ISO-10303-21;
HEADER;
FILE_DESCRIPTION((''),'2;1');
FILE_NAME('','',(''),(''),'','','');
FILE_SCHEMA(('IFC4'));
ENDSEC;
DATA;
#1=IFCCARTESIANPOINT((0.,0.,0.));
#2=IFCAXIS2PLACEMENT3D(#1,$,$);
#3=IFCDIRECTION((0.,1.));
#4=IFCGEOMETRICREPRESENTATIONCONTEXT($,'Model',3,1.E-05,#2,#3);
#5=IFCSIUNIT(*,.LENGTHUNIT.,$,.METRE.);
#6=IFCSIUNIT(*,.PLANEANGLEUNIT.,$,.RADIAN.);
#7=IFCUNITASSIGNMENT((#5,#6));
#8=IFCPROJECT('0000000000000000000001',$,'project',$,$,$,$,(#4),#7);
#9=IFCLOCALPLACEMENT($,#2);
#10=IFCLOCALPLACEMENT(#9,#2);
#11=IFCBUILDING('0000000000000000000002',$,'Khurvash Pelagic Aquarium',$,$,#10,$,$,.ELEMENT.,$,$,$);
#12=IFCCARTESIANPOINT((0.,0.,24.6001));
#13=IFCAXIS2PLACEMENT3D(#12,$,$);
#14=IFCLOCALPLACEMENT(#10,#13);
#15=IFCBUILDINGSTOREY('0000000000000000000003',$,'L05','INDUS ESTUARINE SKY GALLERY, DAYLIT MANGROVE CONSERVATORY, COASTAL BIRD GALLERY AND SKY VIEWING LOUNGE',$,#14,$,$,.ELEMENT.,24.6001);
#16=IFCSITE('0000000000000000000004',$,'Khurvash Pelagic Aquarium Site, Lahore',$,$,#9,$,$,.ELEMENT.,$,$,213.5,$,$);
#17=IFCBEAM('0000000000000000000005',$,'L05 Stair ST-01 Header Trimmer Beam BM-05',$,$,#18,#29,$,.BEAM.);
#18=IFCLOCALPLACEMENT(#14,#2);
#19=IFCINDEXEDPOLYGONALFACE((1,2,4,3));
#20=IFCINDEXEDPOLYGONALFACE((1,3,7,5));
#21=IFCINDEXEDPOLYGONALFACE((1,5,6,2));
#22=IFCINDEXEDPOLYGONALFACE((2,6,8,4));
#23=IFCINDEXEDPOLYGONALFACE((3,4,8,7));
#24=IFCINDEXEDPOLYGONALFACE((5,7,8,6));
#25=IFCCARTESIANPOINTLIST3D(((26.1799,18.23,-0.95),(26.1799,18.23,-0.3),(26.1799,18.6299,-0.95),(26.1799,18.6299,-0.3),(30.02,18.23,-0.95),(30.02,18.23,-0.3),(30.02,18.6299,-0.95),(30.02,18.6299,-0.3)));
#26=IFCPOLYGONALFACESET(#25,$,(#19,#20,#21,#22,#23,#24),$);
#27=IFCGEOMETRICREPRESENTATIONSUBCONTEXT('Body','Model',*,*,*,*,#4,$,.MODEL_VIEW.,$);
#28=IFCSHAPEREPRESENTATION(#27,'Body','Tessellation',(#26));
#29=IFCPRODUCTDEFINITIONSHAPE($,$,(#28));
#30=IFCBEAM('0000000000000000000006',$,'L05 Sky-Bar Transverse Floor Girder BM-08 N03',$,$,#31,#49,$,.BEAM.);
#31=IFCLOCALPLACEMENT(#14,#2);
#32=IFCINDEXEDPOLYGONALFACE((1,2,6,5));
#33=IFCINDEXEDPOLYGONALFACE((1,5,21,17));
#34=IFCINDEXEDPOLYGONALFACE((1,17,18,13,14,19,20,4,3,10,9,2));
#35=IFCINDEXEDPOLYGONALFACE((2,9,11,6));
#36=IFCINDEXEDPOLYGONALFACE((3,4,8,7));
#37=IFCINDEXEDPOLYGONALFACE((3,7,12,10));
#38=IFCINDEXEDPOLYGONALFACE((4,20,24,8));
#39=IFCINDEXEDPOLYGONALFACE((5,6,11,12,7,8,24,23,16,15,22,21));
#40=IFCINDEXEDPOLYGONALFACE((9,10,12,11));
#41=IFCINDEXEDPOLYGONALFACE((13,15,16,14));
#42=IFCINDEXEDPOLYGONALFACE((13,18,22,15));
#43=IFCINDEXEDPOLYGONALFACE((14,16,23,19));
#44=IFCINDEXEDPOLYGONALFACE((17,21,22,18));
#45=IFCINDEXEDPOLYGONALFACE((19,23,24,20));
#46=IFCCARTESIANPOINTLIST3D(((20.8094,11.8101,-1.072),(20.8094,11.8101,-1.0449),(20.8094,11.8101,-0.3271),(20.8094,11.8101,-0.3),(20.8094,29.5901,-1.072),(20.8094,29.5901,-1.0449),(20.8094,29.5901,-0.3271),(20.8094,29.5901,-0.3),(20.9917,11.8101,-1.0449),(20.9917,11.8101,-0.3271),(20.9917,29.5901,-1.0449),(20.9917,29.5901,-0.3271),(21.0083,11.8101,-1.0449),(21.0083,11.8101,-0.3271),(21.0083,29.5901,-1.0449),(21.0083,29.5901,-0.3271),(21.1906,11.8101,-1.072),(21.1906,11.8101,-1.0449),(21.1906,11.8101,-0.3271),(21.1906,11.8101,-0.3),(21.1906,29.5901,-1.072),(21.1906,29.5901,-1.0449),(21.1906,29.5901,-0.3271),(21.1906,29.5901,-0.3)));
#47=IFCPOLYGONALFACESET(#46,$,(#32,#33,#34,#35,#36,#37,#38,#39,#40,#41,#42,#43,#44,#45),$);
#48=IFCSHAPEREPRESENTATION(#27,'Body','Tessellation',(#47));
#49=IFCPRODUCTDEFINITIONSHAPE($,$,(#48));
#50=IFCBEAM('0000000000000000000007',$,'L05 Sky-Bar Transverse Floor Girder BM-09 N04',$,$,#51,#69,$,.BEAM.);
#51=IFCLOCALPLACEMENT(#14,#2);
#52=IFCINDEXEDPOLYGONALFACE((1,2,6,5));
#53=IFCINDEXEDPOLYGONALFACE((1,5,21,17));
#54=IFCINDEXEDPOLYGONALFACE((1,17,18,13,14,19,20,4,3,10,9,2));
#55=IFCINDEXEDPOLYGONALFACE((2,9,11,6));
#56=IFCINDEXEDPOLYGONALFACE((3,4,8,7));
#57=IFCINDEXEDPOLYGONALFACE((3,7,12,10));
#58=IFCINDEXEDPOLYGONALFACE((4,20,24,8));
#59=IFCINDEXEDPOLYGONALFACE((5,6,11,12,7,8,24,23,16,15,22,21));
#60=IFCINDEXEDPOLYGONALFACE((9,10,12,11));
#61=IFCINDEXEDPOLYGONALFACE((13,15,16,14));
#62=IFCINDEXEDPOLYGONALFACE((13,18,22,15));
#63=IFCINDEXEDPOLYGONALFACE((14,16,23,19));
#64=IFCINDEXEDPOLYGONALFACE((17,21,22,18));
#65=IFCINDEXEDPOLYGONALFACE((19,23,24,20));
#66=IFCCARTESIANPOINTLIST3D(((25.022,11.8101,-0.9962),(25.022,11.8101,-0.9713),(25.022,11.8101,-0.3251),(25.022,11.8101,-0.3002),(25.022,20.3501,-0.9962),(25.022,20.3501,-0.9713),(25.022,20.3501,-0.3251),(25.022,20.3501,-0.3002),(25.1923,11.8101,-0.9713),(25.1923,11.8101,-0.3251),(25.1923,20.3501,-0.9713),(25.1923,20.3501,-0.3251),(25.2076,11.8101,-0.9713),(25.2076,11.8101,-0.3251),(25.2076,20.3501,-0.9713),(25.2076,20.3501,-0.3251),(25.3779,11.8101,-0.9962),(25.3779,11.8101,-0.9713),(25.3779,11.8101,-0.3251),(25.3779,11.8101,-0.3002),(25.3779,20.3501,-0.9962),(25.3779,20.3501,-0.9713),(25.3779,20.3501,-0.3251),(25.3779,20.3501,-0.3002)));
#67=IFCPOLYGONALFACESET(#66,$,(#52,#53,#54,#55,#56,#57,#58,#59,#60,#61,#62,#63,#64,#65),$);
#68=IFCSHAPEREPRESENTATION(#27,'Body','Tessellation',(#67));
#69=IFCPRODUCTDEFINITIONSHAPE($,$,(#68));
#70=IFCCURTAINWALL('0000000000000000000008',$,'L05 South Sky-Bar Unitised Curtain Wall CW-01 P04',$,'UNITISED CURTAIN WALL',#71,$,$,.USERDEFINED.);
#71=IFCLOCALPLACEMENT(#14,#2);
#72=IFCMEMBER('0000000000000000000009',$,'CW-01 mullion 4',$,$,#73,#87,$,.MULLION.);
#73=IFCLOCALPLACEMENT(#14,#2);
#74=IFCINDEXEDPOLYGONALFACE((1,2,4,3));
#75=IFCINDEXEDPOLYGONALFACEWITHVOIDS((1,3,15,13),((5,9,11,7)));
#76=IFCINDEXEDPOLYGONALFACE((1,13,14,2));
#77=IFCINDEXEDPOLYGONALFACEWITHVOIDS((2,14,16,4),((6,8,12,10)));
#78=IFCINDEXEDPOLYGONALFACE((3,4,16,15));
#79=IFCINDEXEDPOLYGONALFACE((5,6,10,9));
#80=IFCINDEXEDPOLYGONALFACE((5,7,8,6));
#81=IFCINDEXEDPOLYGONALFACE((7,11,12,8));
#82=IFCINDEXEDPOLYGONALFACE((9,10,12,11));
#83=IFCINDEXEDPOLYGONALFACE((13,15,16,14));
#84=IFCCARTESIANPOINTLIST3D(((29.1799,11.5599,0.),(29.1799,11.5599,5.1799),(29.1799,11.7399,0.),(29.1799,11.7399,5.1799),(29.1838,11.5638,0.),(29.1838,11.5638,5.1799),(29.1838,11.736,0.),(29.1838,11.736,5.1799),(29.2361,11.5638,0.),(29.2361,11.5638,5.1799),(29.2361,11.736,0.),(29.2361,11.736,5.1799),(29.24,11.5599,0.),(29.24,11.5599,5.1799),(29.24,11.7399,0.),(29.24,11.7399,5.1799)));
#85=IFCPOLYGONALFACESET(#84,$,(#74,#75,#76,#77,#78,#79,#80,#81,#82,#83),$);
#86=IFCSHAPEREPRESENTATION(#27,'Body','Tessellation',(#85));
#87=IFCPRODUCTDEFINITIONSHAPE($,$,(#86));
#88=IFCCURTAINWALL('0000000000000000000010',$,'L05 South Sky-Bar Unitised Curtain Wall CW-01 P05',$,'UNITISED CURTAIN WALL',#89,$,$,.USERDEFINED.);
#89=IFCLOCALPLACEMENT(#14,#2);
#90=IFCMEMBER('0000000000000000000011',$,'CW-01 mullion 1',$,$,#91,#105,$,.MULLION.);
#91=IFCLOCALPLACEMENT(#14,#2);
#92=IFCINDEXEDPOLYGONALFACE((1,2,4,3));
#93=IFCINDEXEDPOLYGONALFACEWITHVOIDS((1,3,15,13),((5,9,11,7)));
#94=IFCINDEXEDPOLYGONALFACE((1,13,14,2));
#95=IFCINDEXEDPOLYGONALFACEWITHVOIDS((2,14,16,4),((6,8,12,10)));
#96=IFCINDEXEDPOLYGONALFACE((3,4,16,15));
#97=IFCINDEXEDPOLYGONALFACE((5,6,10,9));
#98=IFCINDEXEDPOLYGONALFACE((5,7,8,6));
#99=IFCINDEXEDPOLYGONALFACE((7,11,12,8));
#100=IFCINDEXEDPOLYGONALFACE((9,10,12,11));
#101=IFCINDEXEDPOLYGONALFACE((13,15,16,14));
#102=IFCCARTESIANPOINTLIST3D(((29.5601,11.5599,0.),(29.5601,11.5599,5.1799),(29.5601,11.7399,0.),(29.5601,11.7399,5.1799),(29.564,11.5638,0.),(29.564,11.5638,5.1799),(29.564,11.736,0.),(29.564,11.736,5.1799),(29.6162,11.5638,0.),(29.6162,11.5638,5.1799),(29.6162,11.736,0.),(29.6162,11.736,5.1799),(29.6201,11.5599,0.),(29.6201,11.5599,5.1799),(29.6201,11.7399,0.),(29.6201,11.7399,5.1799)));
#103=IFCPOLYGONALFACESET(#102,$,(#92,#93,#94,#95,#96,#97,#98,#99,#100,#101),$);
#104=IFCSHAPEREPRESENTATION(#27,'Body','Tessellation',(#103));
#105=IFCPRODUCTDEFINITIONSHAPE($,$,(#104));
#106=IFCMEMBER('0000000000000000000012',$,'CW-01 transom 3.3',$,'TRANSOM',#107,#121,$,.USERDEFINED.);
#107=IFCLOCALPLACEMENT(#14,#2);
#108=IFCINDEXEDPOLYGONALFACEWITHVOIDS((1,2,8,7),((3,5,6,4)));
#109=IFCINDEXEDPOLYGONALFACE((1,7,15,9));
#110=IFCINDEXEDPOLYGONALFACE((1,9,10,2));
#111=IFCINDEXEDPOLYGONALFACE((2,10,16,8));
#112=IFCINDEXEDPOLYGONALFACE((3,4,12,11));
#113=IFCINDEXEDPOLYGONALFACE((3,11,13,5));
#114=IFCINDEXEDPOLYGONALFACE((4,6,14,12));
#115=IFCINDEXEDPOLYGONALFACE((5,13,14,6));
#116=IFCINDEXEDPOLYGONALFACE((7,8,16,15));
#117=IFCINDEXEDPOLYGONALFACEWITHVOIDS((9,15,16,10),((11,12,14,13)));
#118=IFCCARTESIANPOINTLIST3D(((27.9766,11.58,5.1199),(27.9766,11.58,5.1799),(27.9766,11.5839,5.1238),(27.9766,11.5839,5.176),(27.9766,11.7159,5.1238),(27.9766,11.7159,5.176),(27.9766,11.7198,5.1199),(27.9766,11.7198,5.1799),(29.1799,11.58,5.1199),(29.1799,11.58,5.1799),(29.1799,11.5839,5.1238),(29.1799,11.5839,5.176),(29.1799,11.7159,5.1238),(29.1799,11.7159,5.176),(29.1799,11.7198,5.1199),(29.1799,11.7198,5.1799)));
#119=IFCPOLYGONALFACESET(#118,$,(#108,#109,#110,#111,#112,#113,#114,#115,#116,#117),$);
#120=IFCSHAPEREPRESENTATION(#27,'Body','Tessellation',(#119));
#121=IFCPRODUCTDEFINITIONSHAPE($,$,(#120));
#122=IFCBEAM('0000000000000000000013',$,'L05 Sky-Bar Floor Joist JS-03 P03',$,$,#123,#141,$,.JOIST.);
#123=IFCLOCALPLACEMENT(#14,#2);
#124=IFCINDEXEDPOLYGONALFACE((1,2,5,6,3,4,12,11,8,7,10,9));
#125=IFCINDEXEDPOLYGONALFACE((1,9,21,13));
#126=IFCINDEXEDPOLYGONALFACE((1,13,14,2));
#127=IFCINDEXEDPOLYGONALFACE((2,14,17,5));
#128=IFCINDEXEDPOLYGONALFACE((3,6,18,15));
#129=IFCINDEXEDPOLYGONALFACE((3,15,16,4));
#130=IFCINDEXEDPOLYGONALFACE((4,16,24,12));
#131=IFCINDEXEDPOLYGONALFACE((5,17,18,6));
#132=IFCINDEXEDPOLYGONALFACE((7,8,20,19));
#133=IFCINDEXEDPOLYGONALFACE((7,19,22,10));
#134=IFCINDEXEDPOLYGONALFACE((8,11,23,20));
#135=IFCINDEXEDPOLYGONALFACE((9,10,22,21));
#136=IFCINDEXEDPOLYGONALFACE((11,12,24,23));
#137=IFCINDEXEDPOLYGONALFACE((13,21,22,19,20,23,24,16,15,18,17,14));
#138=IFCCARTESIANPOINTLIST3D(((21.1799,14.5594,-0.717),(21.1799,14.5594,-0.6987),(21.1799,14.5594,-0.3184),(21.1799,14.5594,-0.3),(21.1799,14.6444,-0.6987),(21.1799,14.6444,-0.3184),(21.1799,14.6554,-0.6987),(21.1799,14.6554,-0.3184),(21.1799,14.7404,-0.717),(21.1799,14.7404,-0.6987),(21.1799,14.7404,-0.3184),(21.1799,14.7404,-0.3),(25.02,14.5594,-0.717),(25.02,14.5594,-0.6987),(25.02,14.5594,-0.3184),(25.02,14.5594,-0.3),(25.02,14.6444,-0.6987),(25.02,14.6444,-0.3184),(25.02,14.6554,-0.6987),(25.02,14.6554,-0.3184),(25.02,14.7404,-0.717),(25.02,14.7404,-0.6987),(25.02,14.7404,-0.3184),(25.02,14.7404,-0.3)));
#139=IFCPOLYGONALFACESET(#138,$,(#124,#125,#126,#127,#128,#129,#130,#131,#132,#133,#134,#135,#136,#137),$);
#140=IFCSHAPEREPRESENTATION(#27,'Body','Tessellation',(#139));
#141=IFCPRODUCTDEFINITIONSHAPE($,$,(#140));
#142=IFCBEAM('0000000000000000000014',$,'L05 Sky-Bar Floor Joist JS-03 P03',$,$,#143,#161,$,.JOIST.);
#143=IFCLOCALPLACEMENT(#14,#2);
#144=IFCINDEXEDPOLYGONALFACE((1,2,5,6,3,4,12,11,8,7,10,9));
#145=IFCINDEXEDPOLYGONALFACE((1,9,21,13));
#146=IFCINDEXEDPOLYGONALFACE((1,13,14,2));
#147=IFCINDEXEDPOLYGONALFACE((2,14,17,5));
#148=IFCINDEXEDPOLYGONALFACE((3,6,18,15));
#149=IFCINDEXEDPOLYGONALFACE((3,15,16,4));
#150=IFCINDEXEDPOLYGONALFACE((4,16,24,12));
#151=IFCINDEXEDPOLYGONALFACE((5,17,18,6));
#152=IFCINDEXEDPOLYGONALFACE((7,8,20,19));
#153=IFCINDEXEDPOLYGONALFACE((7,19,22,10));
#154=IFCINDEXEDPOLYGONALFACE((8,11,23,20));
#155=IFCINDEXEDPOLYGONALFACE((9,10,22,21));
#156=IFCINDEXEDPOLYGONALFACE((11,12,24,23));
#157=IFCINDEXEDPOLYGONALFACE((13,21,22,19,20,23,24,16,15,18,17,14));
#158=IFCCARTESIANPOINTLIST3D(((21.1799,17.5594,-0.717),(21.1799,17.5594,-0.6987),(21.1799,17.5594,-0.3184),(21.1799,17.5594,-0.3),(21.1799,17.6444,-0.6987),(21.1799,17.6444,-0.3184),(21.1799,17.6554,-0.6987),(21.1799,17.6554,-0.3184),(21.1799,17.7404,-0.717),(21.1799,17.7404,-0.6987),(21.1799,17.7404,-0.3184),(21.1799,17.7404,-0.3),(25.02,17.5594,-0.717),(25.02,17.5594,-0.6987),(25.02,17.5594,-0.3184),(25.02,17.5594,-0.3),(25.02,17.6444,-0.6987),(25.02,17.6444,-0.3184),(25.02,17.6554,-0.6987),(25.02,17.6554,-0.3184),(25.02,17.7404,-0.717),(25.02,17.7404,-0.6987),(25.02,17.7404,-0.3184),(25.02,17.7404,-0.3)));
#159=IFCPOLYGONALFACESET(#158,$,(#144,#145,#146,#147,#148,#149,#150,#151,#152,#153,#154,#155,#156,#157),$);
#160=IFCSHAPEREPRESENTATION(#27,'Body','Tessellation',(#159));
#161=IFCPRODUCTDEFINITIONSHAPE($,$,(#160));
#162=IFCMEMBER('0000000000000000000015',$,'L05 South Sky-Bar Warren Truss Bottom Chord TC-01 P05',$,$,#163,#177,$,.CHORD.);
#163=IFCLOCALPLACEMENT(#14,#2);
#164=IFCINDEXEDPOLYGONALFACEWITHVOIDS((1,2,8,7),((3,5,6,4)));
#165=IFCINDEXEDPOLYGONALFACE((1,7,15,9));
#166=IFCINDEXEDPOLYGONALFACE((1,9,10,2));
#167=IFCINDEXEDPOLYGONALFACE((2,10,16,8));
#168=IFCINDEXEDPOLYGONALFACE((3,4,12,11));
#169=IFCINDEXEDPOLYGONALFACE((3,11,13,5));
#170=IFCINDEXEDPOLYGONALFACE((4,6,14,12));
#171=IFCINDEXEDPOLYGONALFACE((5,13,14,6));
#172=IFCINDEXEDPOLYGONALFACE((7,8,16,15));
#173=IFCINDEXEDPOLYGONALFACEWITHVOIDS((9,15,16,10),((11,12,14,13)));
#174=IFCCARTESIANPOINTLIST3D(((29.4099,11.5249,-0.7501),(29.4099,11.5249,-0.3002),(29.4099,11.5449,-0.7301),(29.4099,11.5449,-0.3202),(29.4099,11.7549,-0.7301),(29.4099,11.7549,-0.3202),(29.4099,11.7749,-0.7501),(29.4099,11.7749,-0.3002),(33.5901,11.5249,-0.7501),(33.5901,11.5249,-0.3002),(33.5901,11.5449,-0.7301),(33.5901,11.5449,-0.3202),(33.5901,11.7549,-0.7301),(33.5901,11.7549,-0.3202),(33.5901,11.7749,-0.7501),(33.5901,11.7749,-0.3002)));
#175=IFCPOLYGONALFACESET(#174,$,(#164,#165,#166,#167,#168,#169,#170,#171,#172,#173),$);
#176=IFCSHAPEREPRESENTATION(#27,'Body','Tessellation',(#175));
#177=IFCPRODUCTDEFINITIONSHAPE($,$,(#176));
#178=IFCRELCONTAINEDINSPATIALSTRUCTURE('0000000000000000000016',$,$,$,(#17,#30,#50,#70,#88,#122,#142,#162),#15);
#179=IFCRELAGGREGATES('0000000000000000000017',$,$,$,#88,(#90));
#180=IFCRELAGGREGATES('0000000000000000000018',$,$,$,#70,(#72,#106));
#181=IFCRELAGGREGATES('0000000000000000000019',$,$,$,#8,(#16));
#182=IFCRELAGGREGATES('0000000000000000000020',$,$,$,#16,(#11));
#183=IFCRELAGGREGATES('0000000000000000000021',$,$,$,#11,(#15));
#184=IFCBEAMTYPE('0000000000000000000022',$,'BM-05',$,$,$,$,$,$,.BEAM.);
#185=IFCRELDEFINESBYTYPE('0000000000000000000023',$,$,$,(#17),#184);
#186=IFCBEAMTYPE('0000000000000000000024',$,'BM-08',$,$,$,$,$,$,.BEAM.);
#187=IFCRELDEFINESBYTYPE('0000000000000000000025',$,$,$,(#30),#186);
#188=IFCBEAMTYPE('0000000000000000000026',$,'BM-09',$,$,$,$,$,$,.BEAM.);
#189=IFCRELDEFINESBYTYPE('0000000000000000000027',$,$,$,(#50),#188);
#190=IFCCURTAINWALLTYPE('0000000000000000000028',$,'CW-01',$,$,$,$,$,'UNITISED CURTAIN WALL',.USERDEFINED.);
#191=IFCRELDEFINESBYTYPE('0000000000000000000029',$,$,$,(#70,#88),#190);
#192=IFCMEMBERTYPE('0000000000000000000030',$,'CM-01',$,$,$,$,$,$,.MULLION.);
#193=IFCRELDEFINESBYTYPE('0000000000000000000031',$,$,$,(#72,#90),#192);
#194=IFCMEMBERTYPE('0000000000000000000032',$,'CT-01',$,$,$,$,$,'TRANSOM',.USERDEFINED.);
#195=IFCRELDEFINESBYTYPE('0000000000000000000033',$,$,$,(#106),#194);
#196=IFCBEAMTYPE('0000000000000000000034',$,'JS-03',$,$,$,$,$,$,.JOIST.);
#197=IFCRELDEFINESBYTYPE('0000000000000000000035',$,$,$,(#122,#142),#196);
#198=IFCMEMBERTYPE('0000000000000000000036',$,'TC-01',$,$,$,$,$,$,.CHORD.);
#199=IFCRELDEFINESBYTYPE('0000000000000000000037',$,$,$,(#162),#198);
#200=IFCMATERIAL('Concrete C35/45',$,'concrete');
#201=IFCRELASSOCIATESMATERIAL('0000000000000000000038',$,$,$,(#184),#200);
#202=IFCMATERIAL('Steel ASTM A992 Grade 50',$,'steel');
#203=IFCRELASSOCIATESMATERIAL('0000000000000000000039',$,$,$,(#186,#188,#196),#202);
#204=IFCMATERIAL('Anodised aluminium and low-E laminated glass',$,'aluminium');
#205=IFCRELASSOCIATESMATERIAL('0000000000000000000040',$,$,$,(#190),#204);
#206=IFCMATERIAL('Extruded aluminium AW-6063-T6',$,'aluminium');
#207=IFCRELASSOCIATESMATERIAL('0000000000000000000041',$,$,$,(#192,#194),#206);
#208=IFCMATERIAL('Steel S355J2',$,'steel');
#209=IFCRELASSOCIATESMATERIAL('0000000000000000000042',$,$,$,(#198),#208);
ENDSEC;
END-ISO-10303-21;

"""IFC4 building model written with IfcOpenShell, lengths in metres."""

from ifc_helpers import new_model, si_unit, direction, frame, origin, origin_2d, place, context, subcontext, project, spatial, rectangle, hollow_rectangle, i_section, extrude, material, material_profile, profile_set, type_object, element, aggregate, save


model = new_model("IFC4")

# Units and contexts
model_context = context("Model", 3, precision=1e-05, world=origin(), true_north=direction((0.0, 1.0)))
body_context = subcontext(model_context, "Body", "Model", "MODEL_VIEW")
ifc_project = project(units=[si_unit("LENGTHUNIT", "METRE"), si_unit("PLANEANGLEUNIT", "RADIAN")], contexts=[model_context])

# Site, building, storey
site_placement = place(None, origin())
site = spatial("IfcSite", under=ifc_project, at=site_placement, Name="Khurvash Pelagic Aquarium Site, Lahore", CompositionType="ELEMENT", RefElevation=213.5)
building_placement = place(site_placement, origin())
building = spatial("IfcBuilding", under=site, at=building_placement, Name="Khurvash Pelagic Aquarium", CompositionType="ELEMENT")
storey_placement = place(building_placement, frame((0.0, 0.0, 24.6001)))
storey = spatial("IfcBuildingStorey", under=building, at=storey_placement, Name="L05", Description="INDUS ESTUARINE SKY GALLERY, DAYLIT MANGROVE CONSERVATORY, COASTAL BIRD GALLERY AND SKY VIEWING LOUNGE", CompositionType="ELEMENT", Elevation=24.6001)

# Beams
ifc_material_1 = material(Name="Concrete C35/45", Category="concrete")
ifc_material_profile_1 = material_profile(ifc_material_1, rectangle(XDim=0.3999, YDim=0.6499, at=origin_2d()), Name="RC400X650")
ifc_profile_set_1 = profile_set([ifc_material_profile_1], Name="Concrete C35/45")
beam_type_1 = type_object("IfcBeamType", Name="BM-05", PredefinedType="BEAM", material=ifc_profile_set_1)
beam_1_placement = place(storey_placement, frame((26.1799, 18.4299, -0.625), z_axis=(1.0, 0.0, 0.0), x_axis=(0.0, 1.0, 0.0)))
element("IfcBeam", 1, at=beam_1_placement, inside=storey, type_object=beam_type_1, Name="L05 Stair ST-01 Header Trimmer Beam BM-05", PredefinedType="BEAM", context=body_context, shape_type="SweptSolid", body=[
    extrude(rectangle(XDim=0.3999, YDim=0.6499, at=origin_2d()), origin(), (0.0, 0.0, 1.0), 3.8401),
])
ifc_material_2 = material(Name="Steel ASTM A992 Grade 50", Category="steel")
ifc_material_profile_2 = material_profile(ifc_material_2, i_section(OverallWidth=0.3811, OverallDepth=0.772, WebThickness=0.0166, FlangeThickness=0.0271, at=origin_2d()), Name="W30X173")
ifc_profile_set_2 = profile_set([ifc_material_profile_2], Name="Steel ASTM A992 Grade 50")
beam_type_2 = type_object("IfcBeamType", Name="BM-08", PredefinedType="BEAM", material=ifc_profile_set_2)
beam_2_placement = place(storey_placement, frame((21.0, 11.8101, -0.686), z_axis=(0.0, 1.0, 0.0), x_axis=(-1.0, 0.0, 0.0)))
element("IfcBeam", 2, at=beam_2_placement, inside=storey, type_object=beam_type_2, Name="L05 Sky-Bar Transverse Floor Girder BM-08 N03", PredefinedType="BEAM", context=body_context, shape_type="SweptSolid", body=[
    extrude(i_section(OverallWidth=0.3811, OverallDepth=0.772, WebThickness=0.0166, FlangeThickness=0.0271, at=origin_2d()), origin(), (0.0, 0.0, 1.0), 17.78),
])
ifc_material_profile_3 = material_profile(ifc_material_2, i_section(OverallWidth=0.356, OverallDepth=0.696, WebThickness=0.0154, FlangeThickness=0.0249, at=origin_2d()), Name="W27X146")
ifc_profile_set_3 = profile_set([ifc_material_profile_3], Name="Steel ASTM A992 Grade 50")
beam_type_3 = type_object("IfcBeamType", Name="BM-09", PredefinedType="BEAM", material=ifc_profile_set_3)
beam_3_placement = place(storey_placement, frame((25.2, 11.8101, -0.6482), z_axis=(0.0, 1.0, 0.0), x_axis=(-1.0, 0.0, 0.0)))
element("IfcBeam", 3, at=beam_3_placement, inside=storey, type_object=beam_type_3, Name="L05 Sky-Bar Transverse Floor Girder BM-09 N04", PredefinedType="BEAM", context=body_context, shape_type="SweptSolid", body=[
    extrude(i_section(OverallWidth=0.356, OverallDepth=0.696, WebThickness=0.0154, FlangeThickness=0.0249, at=origin_2d()), origin(), (0.0, 0.0, 1.0), 8.54),
])

# Curtain walls, members
ifc_material_3 = material(Name="Anodised aluminium and low-E laminated glass", Category="aluminium")
curtain_wall_type = type_object("IfcCurtainWallType", Name="CW-01", ElementType="UNITISED CURTAIN WALL", PredefinedType="USERDEFINED", material=ifc_material_3)
curtain_wall_1_placement = place(storey_placement, origin())
curtain_wall_1 = element("IfcCurtainWall", 4, at=curtain_wall_1_placement, inside=storey, type_object=curtain_wall_type, Name="L05 South Sky-Bar Unitised Curtain Wall CW-01 P04", ObjectType="UNITISED CURTAIN WALL", PredefinedType="USERDEFINED")
ifc_material_4 = material(Name="Extruded aluminium AW-6063-T6", Category="aluminium")
ifc_material_profile_4 = material_profile(ifc_material_4, hollow_rectangle(XDim=0.0601, YDim=0.1799, WallThickness=0.0039, at=origin_2d()), Name="CWM60X180X4")
ifc_profile_set_4 = profile_set([ifc_material_profile_4], Name="Extruded aluminium AW-6063-T6")
member_type_1 = type_object("IfcMemberType", Name="CM-01", PredefinedType="MULLION", material=ifc_profile_set_4)
member_1_placement = place(storey_placement, frame((29.21, 11.6499, 0.0), z_axis=(0.0, 0.0, 1.0), x_axis=(1.0, 0.0, 0.0)))
member_1 = element("IfcMember", 5, at=member_1_placement, type_object=member_type_1, Name="CW-01 mullion 4", PredefinedType="MULLION", context=body_context, shape_type="SweptSolid", body=[
    extrude(hollow_rectangle(XDim=0.0601, YDim=0.1799, WallThickness=0.0039, at=origin_2d()), origin(), (0.0, 0.0, 1.0), 5.1799),
])
curtain_wall_2_placement = place(storey_placement, origin())
curtain_wall_2 = element("IfcCurtainWall", 6, at=curtain_wall_2_placement, inside=storey, type_object=curtain_wall_type, Name="L05 South Sky-Bar Unitised Curtain Wall CW-01 P05", ObjectType="UNITISED CURTAIN WALL", PredefinedType="USERDEFINED")
member_2_placement = place(storey_placement, frame((29.5901, 11.6499, 0.0), z_axis=(0.0, 0.0, 1.0), x_axis=(1.0, 0.0, 0.0)))
member_2 = element("IfcMember", 7, at=member_2_placement, type_object=member_type_1, Name="CW-01 mullion 1", PredefinedType="MULLION", context=body_context, shape_type="SweptSolid", body=[
    extrude(hollow_rectangle(XDim=0.0601, YDim=0.1799, WallThickness=0.0039, at=origin_2d()), origin(), (0.0, 0.0, 1.0), 5.1799),
])
aggregate(curtain_wall_2, [member_2])

# Member
ifc_material_profile_5 = material_profile(ifc_material_4, hollow_rectangle(XDim=0.1399, YDim=0.0601, WallThickness=0.0039, at=origin_2d()), Name="CWT140X60X4")
ifc_profile_set_5 = profile_set([ifc_material_profile_5], Name="Extruded aluminium AW-6063-T6")
member_type_2 = type_object("IfcMemberType", Name="CT-01", ElementType="TRANSOM", PredefinedType="USERDEFINED", material=ifc_profile_set_5)
member_3_placement = place(storey_placement, frame((27.9766, 11.6499, 5.1499), z_axis=(1.0, 0.0, 0.0), x_axis=(0.0, 1.0, 0.0)))
member_3 = element("IfcMember", 8, at=member_3_placement, type_object=member_type_2, Name="CW-01 transom 3.3", ObjectType="TRANSOM", PredefinedType="USERDEFINED", context=body_context, shape_type="SweptSolid", body=[
    extrude(hollow_rectangle(XDim=0.1399, YDim=0.0601, WallThickness=0.0039, at=origin_2d()), origin(), (0.0, 0.0, 1.0), 1.2034),
])

# Beams
ifc_material_profile_6 = material_profile(ifc_material_2, i_section(OverallWidth=0.1809, OverallDepth=0.417, WebThickness=0.011, FlangeThickness=0.0183, at=origin_2d()), Name="W16X57")
ifc_profile_set_6 = profile_set([ifc_material_profile_6], Name="Steel ASTM A992 Grade 50")
beam_type_4 = type_object("IfcBeamType", Name="JS-03", PredefinedType="JOIST", material=ifc_profile_set_6)
for number, where, z_axis, x_axis, name in (
    (9, (21.1799, 14.6499, -0.5085), (1.0, 0.0, 0.0), (0.0, 1.0, 0.0), "L05 Sky-Bar Floor Joist JS-03 P03"),
    (10, (21.1799, 17.6499, -0.5085), (1.0, 0.0, 0.0), (0.0, 1.0, 0.0), "L05 Sky-Bar Floor Joist JS-03 P03"),
):
    element("IfcBeam", number, at=place(storey_placement, frame(where, z_axis=z_axis, x_axis=x_axis)), inside=storey, type_object=beam_type_4, Name=name, PredefinedType="JOIST", context=body_context, shape_type="SweptSolid", body=[
        extrude(i_section(OverallWidth=0.1809, OverallDepth=0.417, WebThickness=0.011, FlangeThickness=0.0183, at=origin_2d()), origin(), (0.0, 0.0, 1.0), 3.8401),
    ])

# Member
ifc_material_5 = material(Name="Steel S355J2", Category="steel")
ifc_material_profile_7 = material_profile(ifc_material_5, hollow_rectangle(XDim=0.25, YDim=0.45, WallThickness=0.02, at=origin_2d()), Name="RHS450X250X20")
ifc_profile_set_7 = profile_set([ifc_material_profile_7], Name="Steel S355J2")
member_type_3 = type_object("IfcMemberType", Name="TC-01", PredefinedType="CHORD", material=ifc_profile_set_7)
member_4_placement = place(storey_placement, frame((29.4099, 11.6499, -0.5251), z_axis=(1.0, 0.0, 0.0), x_axis=(0.0, 1.0, 0.0)))
element("IfcMember", 11, at=member_4_placement, inside=storey, type_object=member_type_3, Name="L05 South Sky-Bar Warren Truss Bottom Chord TC-01 P05", PredefinedType="CHORD", context=body_context, shape_type="SweptSolid", body=[
    extrude(hollow_rectangle(XDim=0.25, YDim=0.45, WallThickness=0.02, at=origin_2d()), origin(), (0.0, 0.0, 1.0), 4.1802),
])

aggregate(curtain_wall_1, [member_1, member_3])

save(model, "model.ifc")
